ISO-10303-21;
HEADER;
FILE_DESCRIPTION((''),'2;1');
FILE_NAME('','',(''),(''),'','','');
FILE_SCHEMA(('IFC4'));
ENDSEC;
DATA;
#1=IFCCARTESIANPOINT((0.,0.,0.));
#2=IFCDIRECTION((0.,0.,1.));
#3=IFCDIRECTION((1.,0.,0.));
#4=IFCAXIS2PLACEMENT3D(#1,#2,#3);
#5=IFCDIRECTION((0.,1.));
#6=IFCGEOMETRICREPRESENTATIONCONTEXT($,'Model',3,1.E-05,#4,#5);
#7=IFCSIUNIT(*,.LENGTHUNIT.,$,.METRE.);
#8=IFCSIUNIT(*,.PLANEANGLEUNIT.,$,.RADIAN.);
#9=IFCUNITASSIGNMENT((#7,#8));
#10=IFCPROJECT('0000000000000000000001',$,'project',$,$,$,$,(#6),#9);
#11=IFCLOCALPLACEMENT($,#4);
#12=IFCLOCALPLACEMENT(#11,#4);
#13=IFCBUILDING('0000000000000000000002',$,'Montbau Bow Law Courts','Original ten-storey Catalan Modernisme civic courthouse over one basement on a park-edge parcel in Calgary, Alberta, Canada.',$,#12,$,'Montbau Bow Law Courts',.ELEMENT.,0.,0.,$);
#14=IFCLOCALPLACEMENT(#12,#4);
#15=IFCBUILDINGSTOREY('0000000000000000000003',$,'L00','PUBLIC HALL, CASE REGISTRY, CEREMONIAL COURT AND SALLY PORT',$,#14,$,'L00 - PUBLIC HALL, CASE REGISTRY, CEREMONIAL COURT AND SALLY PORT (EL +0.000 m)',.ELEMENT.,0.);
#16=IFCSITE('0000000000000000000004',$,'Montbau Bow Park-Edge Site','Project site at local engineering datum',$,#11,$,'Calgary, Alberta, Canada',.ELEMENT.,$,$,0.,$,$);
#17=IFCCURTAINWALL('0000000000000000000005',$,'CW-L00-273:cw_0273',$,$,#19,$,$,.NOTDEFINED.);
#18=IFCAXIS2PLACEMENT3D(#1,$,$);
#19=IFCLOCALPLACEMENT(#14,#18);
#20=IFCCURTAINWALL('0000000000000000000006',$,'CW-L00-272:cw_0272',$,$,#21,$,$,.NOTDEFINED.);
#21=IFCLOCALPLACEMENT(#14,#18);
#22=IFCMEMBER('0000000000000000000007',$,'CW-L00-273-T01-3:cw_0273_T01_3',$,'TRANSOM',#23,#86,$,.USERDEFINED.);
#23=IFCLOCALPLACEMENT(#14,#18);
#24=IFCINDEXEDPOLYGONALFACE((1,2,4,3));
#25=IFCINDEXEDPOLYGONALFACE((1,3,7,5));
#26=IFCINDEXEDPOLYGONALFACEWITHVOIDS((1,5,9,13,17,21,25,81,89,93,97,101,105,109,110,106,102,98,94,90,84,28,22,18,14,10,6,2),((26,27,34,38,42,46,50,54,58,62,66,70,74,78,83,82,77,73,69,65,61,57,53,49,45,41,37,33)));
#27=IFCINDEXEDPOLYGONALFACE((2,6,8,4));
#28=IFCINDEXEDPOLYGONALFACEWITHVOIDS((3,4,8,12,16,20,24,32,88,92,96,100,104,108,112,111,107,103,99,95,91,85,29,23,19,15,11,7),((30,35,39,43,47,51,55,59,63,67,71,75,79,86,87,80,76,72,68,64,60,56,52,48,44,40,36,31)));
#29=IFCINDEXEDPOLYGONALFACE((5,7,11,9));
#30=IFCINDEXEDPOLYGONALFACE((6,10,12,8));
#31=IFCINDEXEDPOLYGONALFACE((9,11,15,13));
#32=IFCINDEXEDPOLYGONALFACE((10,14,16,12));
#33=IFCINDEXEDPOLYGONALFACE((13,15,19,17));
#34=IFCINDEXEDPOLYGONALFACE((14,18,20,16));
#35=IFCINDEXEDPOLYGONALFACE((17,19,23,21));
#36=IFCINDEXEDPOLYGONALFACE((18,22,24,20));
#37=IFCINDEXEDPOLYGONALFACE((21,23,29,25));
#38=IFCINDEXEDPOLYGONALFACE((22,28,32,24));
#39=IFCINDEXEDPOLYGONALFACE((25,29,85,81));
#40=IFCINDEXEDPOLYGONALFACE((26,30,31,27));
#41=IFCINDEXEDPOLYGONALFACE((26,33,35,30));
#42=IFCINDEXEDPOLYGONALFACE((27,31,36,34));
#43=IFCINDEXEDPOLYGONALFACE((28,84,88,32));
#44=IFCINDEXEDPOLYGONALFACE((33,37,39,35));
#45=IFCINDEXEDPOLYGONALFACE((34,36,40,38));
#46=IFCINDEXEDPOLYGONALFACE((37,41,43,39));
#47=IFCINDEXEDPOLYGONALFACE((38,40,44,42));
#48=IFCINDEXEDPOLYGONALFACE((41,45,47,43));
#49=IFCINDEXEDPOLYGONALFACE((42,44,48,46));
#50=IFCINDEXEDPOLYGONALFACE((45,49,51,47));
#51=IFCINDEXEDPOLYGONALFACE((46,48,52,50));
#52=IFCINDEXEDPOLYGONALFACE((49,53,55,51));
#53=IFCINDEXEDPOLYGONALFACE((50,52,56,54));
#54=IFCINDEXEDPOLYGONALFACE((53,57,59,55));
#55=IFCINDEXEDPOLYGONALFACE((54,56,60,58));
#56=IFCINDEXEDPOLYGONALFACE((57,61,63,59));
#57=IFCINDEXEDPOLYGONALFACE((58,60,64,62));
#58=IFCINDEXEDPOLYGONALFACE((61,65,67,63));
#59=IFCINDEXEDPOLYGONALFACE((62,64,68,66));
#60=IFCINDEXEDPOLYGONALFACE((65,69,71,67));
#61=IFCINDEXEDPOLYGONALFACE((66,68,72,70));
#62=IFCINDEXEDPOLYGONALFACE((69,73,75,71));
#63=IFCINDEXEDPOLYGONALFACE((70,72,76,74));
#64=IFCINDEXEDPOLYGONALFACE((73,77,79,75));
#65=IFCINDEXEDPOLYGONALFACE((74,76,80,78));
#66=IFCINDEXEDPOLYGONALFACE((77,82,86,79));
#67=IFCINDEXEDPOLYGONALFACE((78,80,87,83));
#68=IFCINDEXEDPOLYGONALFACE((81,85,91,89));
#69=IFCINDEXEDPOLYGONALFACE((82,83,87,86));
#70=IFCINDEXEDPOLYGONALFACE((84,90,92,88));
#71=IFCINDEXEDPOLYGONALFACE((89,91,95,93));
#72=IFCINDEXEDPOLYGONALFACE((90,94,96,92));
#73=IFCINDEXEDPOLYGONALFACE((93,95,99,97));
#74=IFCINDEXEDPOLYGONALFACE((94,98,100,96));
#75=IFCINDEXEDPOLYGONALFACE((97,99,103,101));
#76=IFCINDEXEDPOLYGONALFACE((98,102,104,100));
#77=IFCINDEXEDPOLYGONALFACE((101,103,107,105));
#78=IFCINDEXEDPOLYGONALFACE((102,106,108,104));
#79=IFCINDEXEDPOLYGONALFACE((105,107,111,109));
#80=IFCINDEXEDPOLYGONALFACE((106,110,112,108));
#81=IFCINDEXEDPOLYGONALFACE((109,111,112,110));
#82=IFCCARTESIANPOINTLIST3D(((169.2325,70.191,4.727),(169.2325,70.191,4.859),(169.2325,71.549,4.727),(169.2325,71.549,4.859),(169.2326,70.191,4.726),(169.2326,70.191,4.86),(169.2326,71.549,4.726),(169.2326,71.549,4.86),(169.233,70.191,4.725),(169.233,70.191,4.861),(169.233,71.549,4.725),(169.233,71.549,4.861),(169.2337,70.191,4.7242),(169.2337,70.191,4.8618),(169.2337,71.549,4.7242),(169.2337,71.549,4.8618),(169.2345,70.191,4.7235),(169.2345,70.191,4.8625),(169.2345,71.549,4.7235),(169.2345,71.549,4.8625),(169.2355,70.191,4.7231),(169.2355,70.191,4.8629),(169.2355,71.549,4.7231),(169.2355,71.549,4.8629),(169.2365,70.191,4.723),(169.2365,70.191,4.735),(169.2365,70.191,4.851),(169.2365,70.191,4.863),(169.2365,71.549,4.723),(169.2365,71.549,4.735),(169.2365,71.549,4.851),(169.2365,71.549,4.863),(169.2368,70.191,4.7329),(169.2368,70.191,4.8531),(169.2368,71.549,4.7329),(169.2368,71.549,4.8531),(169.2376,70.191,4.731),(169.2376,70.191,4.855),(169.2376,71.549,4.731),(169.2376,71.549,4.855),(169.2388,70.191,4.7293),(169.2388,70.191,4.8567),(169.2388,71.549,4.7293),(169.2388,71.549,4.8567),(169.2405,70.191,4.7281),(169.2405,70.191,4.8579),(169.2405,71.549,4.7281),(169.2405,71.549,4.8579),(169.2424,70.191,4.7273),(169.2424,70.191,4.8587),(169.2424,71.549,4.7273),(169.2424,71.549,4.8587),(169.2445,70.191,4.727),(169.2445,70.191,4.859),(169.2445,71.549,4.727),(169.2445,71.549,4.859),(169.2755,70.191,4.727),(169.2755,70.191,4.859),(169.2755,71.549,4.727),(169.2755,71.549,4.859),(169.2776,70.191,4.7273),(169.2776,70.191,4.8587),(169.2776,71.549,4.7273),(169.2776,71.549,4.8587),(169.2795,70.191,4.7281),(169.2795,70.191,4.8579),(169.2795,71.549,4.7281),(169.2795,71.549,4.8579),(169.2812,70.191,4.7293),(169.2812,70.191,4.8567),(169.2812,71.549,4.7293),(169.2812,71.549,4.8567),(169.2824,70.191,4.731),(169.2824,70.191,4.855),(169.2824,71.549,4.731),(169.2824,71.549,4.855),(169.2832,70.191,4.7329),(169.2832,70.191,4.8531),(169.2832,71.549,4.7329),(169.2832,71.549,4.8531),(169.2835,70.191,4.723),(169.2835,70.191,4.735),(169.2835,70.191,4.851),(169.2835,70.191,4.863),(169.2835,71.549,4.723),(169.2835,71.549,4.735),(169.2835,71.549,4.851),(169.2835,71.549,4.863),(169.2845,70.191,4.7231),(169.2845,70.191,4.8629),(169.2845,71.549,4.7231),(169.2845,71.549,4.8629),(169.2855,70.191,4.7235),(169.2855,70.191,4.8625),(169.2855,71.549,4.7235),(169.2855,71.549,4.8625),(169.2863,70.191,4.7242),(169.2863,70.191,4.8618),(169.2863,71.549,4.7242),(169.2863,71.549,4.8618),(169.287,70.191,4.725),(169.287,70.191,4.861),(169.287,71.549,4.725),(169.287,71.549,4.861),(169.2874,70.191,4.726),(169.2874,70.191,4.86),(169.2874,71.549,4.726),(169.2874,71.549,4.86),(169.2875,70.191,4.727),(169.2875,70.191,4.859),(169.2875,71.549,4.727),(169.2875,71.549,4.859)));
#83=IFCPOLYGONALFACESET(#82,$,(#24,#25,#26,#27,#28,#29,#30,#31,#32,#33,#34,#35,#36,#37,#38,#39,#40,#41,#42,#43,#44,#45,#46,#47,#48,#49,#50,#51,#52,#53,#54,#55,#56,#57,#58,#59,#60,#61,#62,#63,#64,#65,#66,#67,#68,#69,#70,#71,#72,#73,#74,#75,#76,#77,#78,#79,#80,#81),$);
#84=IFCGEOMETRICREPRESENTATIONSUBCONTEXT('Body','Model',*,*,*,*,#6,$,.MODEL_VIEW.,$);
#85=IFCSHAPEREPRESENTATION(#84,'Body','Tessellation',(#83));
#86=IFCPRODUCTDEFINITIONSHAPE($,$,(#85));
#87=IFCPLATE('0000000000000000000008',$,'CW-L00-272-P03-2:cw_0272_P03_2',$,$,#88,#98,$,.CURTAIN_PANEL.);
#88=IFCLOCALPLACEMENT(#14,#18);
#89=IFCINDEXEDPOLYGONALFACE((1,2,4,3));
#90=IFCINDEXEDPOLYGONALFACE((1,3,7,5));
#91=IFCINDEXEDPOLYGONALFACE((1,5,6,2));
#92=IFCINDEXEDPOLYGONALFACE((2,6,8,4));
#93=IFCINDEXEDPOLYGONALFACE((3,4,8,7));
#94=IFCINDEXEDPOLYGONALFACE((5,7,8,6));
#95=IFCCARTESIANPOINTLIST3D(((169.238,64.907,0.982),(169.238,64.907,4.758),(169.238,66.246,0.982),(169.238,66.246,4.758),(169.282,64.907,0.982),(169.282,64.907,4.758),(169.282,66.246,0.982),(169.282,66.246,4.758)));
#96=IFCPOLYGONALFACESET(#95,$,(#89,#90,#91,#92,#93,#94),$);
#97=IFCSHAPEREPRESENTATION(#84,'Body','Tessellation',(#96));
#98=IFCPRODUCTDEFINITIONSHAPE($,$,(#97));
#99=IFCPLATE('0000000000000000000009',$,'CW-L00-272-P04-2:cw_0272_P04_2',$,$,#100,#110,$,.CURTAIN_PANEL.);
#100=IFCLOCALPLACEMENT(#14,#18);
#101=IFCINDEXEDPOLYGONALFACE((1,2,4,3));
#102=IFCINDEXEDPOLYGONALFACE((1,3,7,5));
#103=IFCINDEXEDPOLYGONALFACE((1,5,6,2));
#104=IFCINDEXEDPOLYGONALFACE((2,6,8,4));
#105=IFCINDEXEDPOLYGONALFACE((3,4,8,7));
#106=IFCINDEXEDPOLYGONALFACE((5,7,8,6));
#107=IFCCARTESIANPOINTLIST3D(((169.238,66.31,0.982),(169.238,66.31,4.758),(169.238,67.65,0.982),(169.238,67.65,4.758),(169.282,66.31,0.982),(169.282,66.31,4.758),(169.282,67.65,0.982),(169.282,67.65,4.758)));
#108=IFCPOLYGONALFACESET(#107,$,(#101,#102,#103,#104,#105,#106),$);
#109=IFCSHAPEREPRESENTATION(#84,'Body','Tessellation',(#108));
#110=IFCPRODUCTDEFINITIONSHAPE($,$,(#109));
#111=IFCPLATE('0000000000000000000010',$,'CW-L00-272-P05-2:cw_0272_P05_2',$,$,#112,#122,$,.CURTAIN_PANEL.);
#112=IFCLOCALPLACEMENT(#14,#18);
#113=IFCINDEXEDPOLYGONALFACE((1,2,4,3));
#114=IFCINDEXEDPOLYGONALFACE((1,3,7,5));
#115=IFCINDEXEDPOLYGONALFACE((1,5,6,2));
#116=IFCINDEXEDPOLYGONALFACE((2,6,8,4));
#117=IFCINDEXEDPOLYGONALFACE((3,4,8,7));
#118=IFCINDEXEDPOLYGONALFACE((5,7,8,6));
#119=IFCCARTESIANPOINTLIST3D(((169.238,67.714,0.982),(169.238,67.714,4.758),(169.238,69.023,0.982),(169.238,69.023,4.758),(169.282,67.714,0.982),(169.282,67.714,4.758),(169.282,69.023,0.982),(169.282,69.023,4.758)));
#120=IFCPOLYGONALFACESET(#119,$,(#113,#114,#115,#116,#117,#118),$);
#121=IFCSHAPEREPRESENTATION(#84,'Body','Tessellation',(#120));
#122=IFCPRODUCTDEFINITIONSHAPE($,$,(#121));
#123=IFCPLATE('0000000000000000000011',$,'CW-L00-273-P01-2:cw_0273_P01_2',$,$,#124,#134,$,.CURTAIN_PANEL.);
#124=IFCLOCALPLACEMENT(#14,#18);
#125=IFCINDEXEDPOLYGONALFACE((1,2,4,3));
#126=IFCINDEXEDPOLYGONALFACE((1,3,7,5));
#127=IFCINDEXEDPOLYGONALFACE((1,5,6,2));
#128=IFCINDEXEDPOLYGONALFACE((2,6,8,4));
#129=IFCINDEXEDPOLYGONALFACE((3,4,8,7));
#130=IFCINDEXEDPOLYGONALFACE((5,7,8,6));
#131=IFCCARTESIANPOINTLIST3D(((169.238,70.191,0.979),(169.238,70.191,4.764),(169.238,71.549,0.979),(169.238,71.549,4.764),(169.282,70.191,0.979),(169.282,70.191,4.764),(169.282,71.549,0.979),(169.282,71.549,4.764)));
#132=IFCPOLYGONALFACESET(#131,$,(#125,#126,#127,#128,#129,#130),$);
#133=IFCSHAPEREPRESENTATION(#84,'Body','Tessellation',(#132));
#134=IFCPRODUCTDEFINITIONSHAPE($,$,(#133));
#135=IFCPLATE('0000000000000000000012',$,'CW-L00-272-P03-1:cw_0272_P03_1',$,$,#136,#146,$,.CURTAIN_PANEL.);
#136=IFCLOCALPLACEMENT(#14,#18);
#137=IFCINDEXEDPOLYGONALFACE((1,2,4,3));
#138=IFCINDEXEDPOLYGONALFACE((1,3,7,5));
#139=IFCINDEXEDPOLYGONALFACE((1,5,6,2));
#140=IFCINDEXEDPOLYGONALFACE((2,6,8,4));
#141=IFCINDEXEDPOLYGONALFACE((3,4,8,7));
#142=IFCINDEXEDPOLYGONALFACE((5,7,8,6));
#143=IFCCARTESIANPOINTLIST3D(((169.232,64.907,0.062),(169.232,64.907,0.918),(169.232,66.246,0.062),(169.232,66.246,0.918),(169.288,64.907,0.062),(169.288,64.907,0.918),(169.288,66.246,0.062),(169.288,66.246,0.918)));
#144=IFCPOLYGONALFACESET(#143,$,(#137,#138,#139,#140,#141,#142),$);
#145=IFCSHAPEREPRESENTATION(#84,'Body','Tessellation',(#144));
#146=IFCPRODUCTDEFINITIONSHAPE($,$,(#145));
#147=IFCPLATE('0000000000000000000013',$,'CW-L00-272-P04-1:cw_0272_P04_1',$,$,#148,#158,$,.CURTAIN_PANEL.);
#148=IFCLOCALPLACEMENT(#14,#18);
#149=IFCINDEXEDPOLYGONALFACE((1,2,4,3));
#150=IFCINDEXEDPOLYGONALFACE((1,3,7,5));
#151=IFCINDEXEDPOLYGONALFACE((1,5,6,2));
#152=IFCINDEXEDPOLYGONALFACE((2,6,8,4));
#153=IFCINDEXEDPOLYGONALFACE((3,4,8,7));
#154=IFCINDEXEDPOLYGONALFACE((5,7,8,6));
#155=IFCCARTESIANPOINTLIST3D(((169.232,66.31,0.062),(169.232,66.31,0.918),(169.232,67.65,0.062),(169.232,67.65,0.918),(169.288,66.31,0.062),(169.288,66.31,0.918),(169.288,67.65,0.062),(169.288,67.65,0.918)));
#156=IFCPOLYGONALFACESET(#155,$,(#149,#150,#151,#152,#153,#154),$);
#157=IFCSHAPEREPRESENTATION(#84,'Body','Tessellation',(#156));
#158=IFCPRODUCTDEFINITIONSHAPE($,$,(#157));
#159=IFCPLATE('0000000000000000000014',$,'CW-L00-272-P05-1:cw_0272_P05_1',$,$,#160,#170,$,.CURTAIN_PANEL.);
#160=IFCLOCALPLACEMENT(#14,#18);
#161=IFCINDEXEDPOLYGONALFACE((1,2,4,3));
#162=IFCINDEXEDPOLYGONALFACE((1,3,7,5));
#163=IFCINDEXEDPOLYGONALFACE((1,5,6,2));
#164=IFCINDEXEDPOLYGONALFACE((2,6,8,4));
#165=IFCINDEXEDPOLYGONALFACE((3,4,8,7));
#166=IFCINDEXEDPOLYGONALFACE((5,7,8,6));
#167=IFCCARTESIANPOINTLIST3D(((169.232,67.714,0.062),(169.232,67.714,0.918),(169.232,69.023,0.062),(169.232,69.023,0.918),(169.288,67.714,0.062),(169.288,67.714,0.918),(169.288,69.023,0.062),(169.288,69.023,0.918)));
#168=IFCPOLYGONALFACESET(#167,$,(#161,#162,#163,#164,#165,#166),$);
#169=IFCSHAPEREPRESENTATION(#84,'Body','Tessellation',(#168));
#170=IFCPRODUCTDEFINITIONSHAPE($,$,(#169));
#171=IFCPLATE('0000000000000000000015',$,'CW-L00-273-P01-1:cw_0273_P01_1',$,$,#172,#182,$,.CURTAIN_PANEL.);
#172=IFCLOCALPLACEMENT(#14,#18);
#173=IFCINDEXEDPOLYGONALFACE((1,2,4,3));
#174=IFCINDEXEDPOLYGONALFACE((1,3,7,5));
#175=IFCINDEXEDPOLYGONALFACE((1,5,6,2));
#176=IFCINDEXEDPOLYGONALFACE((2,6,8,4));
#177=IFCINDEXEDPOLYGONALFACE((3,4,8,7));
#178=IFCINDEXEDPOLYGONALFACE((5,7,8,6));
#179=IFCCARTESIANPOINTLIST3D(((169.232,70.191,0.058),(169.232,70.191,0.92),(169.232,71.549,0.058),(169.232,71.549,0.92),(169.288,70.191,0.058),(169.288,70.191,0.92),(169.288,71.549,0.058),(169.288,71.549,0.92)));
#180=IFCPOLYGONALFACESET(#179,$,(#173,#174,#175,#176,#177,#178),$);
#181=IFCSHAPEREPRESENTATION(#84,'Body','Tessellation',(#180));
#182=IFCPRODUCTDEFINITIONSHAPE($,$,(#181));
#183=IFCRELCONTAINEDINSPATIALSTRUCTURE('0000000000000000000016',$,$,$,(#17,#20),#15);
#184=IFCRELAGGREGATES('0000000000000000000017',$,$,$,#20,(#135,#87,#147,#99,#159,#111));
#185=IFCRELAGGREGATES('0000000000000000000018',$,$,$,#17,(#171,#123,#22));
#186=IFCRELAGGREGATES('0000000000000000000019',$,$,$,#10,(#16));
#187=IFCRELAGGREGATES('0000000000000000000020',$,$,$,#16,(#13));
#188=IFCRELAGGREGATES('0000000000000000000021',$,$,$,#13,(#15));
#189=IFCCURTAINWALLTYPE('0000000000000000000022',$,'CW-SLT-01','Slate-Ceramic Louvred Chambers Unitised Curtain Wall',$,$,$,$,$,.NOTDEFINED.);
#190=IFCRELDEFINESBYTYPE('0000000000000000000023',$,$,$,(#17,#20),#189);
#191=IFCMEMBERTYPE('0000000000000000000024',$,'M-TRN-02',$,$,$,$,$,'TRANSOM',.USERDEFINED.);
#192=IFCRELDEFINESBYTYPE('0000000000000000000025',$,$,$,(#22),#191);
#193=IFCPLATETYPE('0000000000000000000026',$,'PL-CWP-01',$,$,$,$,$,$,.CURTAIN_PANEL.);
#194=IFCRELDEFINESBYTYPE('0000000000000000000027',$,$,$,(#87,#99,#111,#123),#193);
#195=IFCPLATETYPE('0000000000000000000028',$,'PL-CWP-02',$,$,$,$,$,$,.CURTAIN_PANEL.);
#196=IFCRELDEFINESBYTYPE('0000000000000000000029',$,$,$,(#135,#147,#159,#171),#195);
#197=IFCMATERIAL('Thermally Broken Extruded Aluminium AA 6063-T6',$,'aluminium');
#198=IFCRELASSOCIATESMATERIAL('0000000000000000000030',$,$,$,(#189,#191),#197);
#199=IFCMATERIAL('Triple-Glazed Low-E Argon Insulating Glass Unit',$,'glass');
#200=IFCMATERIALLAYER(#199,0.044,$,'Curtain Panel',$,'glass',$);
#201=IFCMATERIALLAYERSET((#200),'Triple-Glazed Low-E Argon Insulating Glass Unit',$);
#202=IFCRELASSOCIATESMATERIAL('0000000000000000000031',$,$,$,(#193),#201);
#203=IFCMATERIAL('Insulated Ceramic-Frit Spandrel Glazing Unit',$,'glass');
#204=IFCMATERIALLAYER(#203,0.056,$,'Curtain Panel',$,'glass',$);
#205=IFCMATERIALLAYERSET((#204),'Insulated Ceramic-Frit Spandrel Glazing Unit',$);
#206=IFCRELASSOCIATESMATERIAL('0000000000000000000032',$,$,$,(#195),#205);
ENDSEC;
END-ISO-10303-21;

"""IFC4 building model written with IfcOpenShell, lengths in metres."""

from ifc_helpers import new_model, si_unit, direction, frame, frame_2d, origin_with_axes, origin_2d_with_axis, place, context, subcontext, project, spatial, rectangle, hollow_rectangle, extrude, material, layer, layer_set, material_profile, profile_set, type_object, element, aggregate, save


model = new_model("IFC4")

# Units and contexts
model_context = context("Model", 3, precision=1e-05, world=origin_with_axes(), true_north=direction((0.0, 1.0)))
body_context = subcontext(model_context, "Body", "Model", "MODEL_VIEW")
ifc_project = project(units=[si_unit("LENGTHUNIT", "METRE"), si_unit("PLANEANGLEUNIT", "RADIAN")], contexts=[model_context])

# Site, building, storey
site_placement = place(None, origin_with_axes())
site = spatial("IfcSite", under=ifc_project, at=site_placement, Name="Montbau Bow Park-Edge Site", Description="Project site at local engineering datum", LongName="Calgary, Alberta, Canada", CompositionType="ELEMENT", RefElevation=0.0)
building_placement = place(site_placement, origin_with_axes())
building = spatial("IfcBuilding", under=site, at=building_placement, Name="Montbau Bow Law Courts", Description="Original ten-storey Catalan Modernisme civic courthouse over one basement on a park-edge parcel in Calgary, Alberta, Canada.", LongName="Montbau Bow Law Courts", CompositionType="ELEMENT", ElevationOfRefHeight=0.0, ElevationOfTerrain=0.0)
storey_placement = place(building_placement, origin_with_axes())
storey = spatial("IfcBuildingStorey", under=building, at=storey_placement, Name="L00", Description="PUBLIC HALL, CASE REGISTRY, CEREMONIAL COURT AND SALLY PORT", LongName="L00 - PUBLIC HALL, CASE REGISTRY, CEREMONIAL COURT AND SALLY PORT (EL +0.000 m)", CompositionType="ELEMENT", Elevation=0.0)

# Curtain walls
ifc_material_1 = material(Name="Thermally Broken Extruded Aluminium AA 6063-T6", Category="aluminium")
curtain_wall_type = type_object("IfcCurtainWallType", Name="CW-SLT-01", Description="Slate-Ceramic Louvred Chambers Unitised Curtain Wall", PredefinedType="NOTDEFINED", material=ifc_material_1)
curtain_wall_1_placement = place(None, frame((169.26, 70.115, 0.0), z_axis=(0.0, 0.0, 1.0), x_axis=(1.0, 0.0, 0.0)))
curtain_wall_1 = element("IfcCurtainWall", 1, at=curtain_wall_1_placement, inside=storey, type_object=curtain_wall_type, Name="CW-L00-273:cw_0273", PredefinedType="NOTDEFINED")
curtain_wall_2_placement = place(None, frame((169.26, 62.068, 0.0), z_axis=(0.0, 0.0, 1.0), x_axis=(1.0, 0.0, 0.0)))
curtain_wall_2 = element("IfcCurtainWall", 2, at=curtain_wall_2_placement, inside=storey, type_object=curtain_wall_type, Name="CW-L00-272:cw_0272", PredefinedType="NOTDEFINED")

# Member
ifc_material_profile_1 = material_profile(ifc_material_1, hollow_rectangle(XDim=0.055, YDim=0.14, WallThickness=0.004, InnerFilletRadius=0.008, OuterFilletRadius=0.004, at=origin_2d_with_axis()), Name="CWT-140X55", Category="Main", Priority=0)
ifc_profile_set_1 = profile_set([ifc_material_profile_1], Name="Thermally Broken Extruded Aluminium AA 6063-T6")
member_type_1 = type_object("IfcMemberType", Name="M-TRN-02", ElementType="TRANSOM", PredefinedType="USERDEFINED", material=ifc_profile_set_1)
member_1_placement = place(None, frame((169.26, 70.191, 4.793), z_axis=(0.0, 1.0, 0.0), x_axis=(-1.0, 0.0, 0.0)))
member_1 = element("IfcMember", 3, at=member_1_placement, type_object=member_type_1, Name="CW-L00-273-T01-3:cw_0273_T01_3", ObjectType="TRANSOM", PredefinedType="USERDEFINED", context=body_context, shape_type="SweptSolid", body=[
    extrude(hollow_rectangle(XDim=0.055, YDim=0.14, WallThickness=0.004, InnerFilletRadius=0.008, OuterFilletRadius=0.004, at=origin_2d_with_axis()), origin_with_axes(), (0.0, 0.0, 1.0), 1.358),
])

# Plates
ifc_material_2 = material(Name="Triple-Glazed Low-E Argon Insulating Glass Unit", Category="glass")
ifc_layer_1 = layer(ifc_material_2, 0.044, Name="Curtain Panel", Category="glass")
ifc_layer_set_1 = layer_set([ifc_layer_1], Name="Triple-Glazed Low-E Argon Insulating Glass Unit")
plate_type_1 = type_object("IfcPlateType", Name="PL-CWP-01", PredefinedType="CURTAIN_PANEL", material=ifc_layer_set_1)
plate_1_placement = place(None, frame((169.26, 64.907, 0.982), z_axis=(1.0, 0.0, 0.0), x_axis=(0.0, 1.0, 0.0)))
plate_1 = element("IfcPlate", 4, at=plate_1_placement, type_object=plate_type_1, Name="CW-L00-272-P03-2:cw_0272_P03_2", PredefinedType="CURTAIN_PANEL", context=body_context, shape_type="SweptSolid", body=[
    extrude(rectangle(XDim=1.339, YDim=3.776, at=frame_2d((0.6695, 1.888), x_axis=(1.0, 0.0))), frame((0.0, 0.0, -0.022), z_axis=(0.0, 0.0, 1.0), x_axis=(1.0, 0.0, 0.0)), (0.0, 0.0, 1.0), 0.044),
])
plate_2_placement = place(None, frame((169.26, 66.31, 0.982), z_axis=(1.0, 0.0, 0.0), x_axis=(0.0, 1.0, 0.0)))
plate_2 = element("IfcPlate", 5, at=plate_2_placement, type_object=plate_type_1, Name="CW-L00-272-P04-2:cw_0272_P04_2", PredefinedType="CURTAIN_PANEL", context=body_context, shape_type="SweptSolid", body=[
    extrude(rectangle(XDim=1.34, YDim=3.776, at=frame_2d((0.67, 1.888), x_axis=(1.0, 0.0))), frame((0.0, 0.0, -0.022), z_axis=(0.0, 0.0, 1.0), x_axis=(1.0, 0.0, 0.0)), (0.0, 0.0, 1.0), 0.044),
])
plate_3_placement = place(None, frame((169.26, 67.714, 0.982), z_axis=(1.0, 0.0, 0.0), x_axis=(0.0, 1.0, 0.0)))
plate_3 = element("IfcPlate", 6, at=plate_3_placement, type_object=plate_type_1, Name="CW-L00-272-P05-2:cw_0272_P05_2", PredefinedType="CURTAIN_PANEL", context=body_context, shape_type="SweptSolid", body=[
    extrude(rectangle(XDim=1.309, YDim=3.776, at=frame_2d((0.6545, 1.888), x_axis=(1.0, 0.0))), frame((0.0, 0.0, -0.022), z_axis=(0.0, 0.0, 1.0), x_axis=(1.0, 0.0, 0.0)), (0.0, 0.0, 1.0), 0.044),
])
plate_4_placement = place(None, frame((169.26, 70.191, 0.979), z_axis=(1.0, 0.0, 0.0), x_axis=(0.0, 1.0, 0.0)))
plate_4 = element("IfcPlate", 7, at=plate_4_placement, type_object=plate_type_1, Name="CW-L00-273-P01-2:cw_0273_P01_2", PredefinedType="CURTAIN_PANEL", context=body_context, shape_type="SweptSolid", body=[
    extrude(rectangle(XDim=1.358, YDim=3.785, at=frame_2d((0.679, 1.8925), x_axis=(1.0, 0.0))), frame((0.0, 0.0, -0.022), z_axis=(0.0, 0.0, 1.0), x_axis=(1.0, 0.0, 0.0)), (0.0, 0.0, 1.0), 0.044),
])
ifc_material_3 = material(Name="Insulated Ceramic-Frit Spandrel Glazing Unit", Category="glass")
ifc_layer_2 = layer(ifc_material_3, 0.056, Name="Curtain Panel", Category="glass")
ifc_layer_set_2 = layer_set([ifc_layer_2], Name="Insulated Ceramic-Frit Spandrel Glazing Unit")
plate_type_2 = type_object("IfcPlateType", Name="PL-CWP-02", PredefinedType="CURTAIN_PANEL", material=ifc_layer_set_2)
plate_5_placement = place(None, frame((169.26, 64.907, 0.062), z_axis=(1.0, 0.0, 0.0), x_axis=(0.0, 1.0, 0.0)))
plate_5 = element("IfcPlate", 8, at=plate_5_placement, type_object=plate_type_2, Name="CW-L00-272-P03-1:cw_0272_P03_1", PredefinedType="CURTAIN_PANEL", context=body_context, shape_type="SweptSolid", body=[
    extrude(rectangle(XDim=1.339, YDim=0.856, at=frame_2d((0.6695, 0.428), x_axis=(1.0, 0.0))), frame((0.0, 0.0, -0.028), z_axis=(0.0, 0.0, 1.0), x_axis=(1.0, 0.0, 0.0)), (0.0, 0.0, 1.0), 0.056),
])
plate_6_placement = place(None, frame((169.26, 66.31, 0.062), z_axis=(1.0, 0.0, 0.0), x_axis=(0.0, 1.0, 0.0)))
plate_6 = element("IfcPlate", 9, at=plate_6_placement, type_object=plate_type_2, Name="CW-L00-272-P04-1:cw_0272_P04_1", PredefinedType="CURTAIN_PANEL", context=body_context, shape_type="SweptSolid", body=[
    extrude(rectangle(XDim=1.34, YDim=0.856, at=frame_2d((0.67, 0.428), x_axis=(1.0, 0.0))), frame((0.0, 0.0, -0.028), z_axis=(0.0, 0.0, 1.0), x_axis=(1.0, 0.0, 0.0)), (0.0, 0.0, 1.0), 0.056),
])
plate_7_placement = place(None, frame((169.26, 67.714, 0.062), z_axis=(1.0, 0.0, 0.0), x_axis=(0.0, 1.0, 0.0)))
plate_7 = element("IfcPlate", 10, at=plate_7_placement, type_object=plate_type_2, Name="CW-L00-272-P05-1:cw_0272_P05_1", PredefinedType="CURTAIN_PANEL", context=body_context, shape_type="SweptSolid", body=[
    extrude(rectangle(XDim=1.309, YDim=0.856, at=frame_2d((0.6545, 0.428), x_axis=(1.0, 0.0))), frame((0.0, 0.0, -0.028), z_axis=(0.0, 0.0, 1.0), x_axis=(1.0, 0.0, 0.0)), (0.0, 0.0, 1.0), 0.056),
])
aggregate(curtain_wall_2, [plate_5, plate_1, plate_6, plate_2, plate_7, plate_3])
plate_8_placement = place(None, frame((169.26, 70.191, 0.058), z_axis=(1.0, 0.0, 0.0), x_axis=(0.0, 1.0, 0.0)))
plate_8 = element("IfcPlate", 11, at=plate_8_placement, type_object=plate_type_2, Name="CW-L00-273-P01-1:cw_0273_P01_1", PredefinedType="CURTAIN_PANEL", context=body_context, shape_type="SweptSolid", body=[
    extrude(rectangle(XDim=1.358, YDim=0.862, at=frame_2d((0.679, 0.431), x_axis=(1.0, 0.0))), frame((0.0, 0.0, -0.028), z_axis=(0.0, 0.0, 1.0), x_axis=(1.0, 0.0, 0.0)), (0.0, 0.0, 1.0), 0.056),
])
aggregate(curtain_wall_1, [plate_8, plate_4, member_1])

save(model, "model.ifc")
